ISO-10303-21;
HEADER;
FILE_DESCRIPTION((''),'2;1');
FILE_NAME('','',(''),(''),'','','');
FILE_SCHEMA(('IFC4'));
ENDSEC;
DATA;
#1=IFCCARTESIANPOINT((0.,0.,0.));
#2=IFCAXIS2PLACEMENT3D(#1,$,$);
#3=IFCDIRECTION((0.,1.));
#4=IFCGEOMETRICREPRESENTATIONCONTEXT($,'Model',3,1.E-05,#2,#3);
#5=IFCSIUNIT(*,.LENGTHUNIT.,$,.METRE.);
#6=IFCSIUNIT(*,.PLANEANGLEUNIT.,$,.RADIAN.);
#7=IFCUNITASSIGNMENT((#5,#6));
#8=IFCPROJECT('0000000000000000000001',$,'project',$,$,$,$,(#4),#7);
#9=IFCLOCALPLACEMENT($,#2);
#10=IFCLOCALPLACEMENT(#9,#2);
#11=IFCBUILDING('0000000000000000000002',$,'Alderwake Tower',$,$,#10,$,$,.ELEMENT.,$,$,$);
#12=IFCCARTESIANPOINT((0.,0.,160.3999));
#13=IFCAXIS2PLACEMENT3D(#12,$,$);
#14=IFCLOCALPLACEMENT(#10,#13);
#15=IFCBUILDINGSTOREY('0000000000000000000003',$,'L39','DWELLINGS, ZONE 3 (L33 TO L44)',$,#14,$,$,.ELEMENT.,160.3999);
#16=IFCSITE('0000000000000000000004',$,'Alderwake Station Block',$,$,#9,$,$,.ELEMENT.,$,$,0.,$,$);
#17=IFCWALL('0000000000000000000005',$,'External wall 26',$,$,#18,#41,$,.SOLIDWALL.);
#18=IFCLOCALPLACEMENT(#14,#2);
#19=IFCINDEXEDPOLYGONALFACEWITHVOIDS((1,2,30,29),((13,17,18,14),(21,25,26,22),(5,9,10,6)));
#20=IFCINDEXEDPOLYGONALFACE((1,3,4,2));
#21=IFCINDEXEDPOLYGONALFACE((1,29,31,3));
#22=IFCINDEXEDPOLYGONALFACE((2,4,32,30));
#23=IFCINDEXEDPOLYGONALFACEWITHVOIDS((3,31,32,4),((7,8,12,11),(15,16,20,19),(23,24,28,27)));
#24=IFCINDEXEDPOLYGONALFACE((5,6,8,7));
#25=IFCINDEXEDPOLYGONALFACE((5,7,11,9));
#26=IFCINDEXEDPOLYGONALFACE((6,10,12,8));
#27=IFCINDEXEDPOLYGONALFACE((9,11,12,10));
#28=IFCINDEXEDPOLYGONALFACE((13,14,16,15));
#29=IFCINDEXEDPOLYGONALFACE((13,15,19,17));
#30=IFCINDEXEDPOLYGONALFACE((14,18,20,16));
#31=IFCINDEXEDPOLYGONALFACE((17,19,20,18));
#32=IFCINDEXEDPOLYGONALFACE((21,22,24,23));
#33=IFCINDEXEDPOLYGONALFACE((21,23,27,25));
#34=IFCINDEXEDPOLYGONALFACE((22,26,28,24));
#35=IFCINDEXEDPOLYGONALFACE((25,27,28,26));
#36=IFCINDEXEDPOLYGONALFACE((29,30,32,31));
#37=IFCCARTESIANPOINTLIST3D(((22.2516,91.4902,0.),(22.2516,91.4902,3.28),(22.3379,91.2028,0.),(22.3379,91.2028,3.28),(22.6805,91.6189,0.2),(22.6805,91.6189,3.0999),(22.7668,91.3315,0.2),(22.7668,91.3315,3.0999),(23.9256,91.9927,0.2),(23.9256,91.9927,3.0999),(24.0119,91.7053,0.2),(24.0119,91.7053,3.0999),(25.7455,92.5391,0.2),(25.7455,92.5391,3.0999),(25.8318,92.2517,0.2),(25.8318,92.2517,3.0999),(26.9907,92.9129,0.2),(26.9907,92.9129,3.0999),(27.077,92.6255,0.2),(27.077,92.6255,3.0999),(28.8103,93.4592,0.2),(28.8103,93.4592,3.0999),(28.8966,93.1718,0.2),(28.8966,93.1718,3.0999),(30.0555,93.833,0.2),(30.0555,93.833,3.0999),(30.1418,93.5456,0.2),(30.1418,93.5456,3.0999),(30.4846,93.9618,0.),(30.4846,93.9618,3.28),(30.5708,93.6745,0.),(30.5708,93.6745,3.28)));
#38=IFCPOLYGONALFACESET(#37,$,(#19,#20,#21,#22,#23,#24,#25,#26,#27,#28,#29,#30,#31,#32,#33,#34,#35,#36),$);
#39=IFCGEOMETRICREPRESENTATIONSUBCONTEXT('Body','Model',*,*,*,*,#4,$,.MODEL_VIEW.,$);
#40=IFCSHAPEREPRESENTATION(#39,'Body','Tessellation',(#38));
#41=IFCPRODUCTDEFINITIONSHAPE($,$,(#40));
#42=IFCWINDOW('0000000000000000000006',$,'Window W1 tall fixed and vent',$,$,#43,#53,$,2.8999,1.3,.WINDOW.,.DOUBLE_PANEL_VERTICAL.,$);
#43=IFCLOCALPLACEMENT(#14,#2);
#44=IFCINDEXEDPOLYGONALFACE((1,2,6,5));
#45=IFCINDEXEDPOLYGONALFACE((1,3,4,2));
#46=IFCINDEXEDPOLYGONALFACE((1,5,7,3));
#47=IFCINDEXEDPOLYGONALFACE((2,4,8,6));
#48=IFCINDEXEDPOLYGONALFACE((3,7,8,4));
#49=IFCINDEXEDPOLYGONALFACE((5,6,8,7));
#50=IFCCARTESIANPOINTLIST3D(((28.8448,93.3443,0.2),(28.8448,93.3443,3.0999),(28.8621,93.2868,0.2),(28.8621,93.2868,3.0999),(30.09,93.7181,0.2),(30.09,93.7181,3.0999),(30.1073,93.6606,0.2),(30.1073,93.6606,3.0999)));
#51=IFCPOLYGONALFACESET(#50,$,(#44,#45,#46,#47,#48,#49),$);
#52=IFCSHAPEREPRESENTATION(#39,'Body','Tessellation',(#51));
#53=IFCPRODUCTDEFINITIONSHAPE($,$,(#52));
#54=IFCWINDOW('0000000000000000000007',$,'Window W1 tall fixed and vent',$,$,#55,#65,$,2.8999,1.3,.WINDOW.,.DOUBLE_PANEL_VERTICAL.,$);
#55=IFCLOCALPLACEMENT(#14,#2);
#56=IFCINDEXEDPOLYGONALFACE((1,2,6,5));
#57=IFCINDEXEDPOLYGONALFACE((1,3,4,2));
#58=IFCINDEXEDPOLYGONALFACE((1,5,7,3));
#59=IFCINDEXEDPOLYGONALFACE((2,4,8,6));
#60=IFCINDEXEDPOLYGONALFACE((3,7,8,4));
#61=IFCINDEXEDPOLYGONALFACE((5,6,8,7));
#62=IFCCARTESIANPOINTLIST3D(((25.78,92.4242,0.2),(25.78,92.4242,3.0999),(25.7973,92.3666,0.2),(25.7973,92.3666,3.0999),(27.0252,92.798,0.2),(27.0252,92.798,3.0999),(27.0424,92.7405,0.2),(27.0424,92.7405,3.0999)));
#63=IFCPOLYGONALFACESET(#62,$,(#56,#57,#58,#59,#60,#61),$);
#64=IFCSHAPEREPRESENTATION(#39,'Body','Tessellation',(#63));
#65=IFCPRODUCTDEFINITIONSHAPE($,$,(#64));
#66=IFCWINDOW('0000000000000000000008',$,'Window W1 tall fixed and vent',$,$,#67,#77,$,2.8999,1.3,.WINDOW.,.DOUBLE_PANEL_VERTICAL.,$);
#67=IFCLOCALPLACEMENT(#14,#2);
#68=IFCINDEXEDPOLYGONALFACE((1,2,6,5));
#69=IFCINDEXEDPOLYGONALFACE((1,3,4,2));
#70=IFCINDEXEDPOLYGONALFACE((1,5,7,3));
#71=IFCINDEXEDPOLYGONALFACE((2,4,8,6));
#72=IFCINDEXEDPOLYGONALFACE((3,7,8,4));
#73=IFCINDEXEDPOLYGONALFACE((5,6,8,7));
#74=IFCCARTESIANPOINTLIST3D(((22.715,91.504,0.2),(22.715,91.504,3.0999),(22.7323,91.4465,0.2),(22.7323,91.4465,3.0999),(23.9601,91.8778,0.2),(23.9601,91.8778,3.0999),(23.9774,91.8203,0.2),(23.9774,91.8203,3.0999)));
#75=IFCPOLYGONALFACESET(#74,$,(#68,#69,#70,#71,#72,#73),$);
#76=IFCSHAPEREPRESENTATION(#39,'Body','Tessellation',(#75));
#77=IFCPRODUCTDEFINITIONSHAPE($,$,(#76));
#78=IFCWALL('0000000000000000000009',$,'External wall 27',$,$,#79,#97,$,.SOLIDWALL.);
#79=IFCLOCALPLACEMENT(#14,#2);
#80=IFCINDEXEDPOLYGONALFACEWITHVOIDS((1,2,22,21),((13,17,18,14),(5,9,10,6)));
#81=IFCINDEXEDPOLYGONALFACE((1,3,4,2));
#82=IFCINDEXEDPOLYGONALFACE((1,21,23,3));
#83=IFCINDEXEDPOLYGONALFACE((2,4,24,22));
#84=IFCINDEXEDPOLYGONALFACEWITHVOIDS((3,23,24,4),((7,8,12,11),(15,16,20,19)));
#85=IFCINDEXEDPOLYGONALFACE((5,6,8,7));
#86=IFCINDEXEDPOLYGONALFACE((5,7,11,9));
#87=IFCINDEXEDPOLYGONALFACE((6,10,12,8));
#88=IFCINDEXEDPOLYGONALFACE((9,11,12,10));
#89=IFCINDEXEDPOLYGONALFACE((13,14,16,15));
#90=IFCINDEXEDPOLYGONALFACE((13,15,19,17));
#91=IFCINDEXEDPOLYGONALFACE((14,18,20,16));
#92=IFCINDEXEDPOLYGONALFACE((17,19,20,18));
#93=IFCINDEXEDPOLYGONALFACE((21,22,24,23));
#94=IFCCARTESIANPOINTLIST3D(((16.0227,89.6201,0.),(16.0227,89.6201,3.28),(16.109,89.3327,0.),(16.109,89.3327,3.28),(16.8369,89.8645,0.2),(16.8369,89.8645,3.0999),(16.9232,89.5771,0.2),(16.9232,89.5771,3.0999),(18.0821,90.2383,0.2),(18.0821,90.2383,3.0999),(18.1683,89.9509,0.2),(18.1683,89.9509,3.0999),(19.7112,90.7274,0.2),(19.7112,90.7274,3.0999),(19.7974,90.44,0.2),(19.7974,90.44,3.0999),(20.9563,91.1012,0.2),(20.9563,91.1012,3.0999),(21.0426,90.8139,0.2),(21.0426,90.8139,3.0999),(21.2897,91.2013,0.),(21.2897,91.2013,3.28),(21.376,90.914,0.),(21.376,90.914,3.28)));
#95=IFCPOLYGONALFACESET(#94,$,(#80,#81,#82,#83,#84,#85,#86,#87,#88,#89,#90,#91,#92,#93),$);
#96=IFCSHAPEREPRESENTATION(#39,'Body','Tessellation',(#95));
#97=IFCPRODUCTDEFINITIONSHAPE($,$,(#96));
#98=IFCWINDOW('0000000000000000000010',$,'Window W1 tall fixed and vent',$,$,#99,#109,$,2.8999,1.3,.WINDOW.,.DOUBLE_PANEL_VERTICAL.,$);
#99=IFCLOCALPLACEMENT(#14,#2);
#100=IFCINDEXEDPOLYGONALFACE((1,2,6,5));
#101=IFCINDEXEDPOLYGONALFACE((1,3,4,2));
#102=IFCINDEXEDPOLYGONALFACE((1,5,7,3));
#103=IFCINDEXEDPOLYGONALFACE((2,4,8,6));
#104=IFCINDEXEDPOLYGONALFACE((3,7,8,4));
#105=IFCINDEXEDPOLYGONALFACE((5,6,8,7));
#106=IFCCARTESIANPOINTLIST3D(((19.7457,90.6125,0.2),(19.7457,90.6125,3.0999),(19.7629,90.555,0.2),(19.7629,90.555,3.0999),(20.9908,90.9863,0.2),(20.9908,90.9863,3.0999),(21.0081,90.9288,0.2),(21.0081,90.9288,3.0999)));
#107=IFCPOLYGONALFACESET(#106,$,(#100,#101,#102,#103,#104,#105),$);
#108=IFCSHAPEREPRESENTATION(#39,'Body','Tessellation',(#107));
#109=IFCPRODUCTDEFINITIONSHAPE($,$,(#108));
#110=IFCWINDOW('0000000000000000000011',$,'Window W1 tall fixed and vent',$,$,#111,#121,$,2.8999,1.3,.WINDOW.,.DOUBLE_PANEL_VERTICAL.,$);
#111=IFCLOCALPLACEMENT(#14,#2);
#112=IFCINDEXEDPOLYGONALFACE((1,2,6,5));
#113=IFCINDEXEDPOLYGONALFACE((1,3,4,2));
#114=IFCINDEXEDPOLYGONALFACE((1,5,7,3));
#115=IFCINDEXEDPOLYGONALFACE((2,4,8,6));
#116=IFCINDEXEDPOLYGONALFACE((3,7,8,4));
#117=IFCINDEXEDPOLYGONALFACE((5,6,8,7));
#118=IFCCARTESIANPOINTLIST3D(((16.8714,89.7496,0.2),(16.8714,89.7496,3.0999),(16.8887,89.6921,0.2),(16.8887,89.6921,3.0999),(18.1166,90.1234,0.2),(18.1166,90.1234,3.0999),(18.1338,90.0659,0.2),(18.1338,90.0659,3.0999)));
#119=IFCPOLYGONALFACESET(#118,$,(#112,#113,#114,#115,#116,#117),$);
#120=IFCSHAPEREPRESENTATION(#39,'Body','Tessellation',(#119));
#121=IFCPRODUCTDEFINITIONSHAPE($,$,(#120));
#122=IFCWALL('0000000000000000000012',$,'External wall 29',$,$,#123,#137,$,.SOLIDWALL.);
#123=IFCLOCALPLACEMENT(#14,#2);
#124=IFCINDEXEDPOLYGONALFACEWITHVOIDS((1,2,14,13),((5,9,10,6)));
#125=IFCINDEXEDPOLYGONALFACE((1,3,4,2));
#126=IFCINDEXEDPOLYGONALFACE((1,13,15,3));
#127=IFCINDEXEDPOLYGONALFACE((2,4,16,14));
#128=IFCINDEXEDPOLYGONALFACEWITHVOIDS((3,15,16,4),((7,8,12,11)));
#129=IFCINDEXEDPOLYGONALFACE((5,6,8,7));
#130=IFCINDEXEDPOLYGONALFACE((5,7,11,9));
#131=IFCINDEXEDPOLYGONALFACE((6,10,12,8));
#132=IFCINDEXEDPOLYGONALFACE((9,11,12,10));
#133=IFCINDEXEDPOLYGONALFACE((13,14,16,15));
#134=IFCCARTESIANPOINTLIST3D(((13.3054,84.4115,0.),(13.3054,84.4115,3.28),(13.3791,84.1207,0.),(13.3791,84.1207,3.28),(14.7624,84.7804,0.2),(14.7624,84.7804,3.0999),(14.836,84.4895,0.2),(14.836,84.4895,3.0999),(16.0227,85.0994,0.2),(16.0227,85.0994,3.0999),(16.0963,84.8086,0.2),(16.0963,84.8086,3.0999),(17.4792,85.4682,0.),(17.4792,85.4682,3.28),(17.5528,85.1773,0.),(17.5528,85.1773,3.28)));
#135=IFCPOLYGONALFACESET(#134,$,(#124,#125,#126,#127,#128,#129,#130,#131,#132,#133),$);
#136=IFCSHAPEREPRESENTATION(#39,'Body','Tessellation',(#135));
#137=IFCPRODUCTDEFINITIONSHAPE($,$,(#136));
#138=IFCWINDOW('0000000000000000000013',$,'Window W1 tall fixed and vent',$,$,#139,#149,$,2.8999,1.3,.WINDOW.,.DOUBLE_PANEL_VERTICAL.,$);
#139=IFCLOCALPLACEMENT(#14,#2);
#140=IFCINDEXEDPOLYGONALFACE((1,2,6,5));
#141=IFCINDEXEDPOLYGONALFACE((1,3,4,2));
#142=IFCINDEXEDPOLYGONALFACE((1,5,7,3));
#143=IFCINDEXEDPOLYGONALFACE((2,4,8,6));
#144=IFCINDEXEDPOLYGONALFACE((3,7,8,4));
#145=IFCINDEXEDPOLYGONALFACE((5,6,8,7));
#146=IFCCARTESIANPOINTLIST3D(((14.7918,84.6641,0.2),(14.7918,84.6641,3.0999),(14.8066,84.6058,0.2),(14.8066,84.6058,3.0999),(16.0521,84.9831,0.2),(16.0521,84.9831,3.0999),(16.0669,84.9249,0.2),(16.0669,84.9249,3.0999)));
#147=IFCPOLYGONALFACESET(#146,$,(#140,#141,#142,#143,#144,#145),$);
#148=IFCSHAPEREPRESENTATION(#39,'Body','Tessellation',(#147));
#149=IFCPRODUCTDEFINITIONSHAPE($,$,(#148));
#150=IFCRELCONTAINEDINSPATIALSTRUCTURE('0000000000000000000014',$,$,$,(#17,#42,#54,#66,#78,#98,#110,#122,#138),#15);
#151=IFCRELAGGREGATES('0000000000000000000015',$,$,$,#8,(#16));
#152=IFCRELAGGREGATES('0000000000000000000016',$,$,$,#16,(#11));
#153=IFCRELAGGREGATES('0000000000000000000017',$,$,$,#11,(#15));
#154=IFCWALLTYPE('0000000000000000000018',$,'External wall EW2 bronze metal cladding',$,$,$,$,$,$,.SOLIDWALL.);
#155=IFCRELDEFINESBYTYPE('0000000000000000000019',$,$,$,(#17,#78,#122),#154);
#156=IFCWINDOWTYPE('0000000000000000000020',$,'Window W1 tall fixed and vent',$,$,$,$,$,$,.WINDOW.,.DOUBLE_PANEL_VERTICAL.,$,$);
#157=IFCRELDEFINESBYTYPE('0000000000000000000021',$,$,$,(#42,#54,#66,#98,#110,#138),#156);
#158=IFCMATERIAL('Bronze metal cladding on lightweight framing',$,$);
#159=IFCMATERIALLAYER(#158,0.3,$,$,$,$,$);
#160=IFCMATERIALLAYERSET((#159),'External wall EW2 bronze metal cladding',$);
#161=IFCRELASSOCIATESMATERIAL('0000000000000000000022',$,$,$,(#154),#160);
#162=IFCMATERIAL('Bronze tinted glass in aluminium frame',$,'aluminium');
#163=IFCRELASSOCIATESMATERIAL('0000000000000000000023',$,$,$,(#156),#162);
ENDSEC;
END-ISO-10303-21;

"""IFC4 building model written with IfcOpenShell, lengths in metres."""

from ifc_helpers import new_model, si_unit, direction, frame, frame_2d, origin, place, context, subcontext, project, spatial, rectangle, extrude, material, layer, layer_set, type_object, element, fill, save


model = new_model("IFC4")

# Units and contexts
model_context = context("Model", 3, precision=1e-05, world=origin(), true_north=direction((0.0, 1.0)))
body_context = subcontext(model_context, "Body", "Model", "MODEL_VIEW")
ifc_project = project(units=[si_unit("LENGTHUNIT", "METRE"), si_unit("PLANEANGLEUNIT", "RADIAN")], contexts=[model_context])

# Site, building, storey
site_placement = place(None, origin())
site = spatial("IfcSite", under=ifc_project, at=site_placement, Name="Alderwake Station Block", CompositionType="ELEMENT", RefElevation=0.0)
building_placement = place(site_placement, origin())
building = spatial("IfcBuilding", under=site, at=building_placement, Name="Alderwake Tower", CompositionType="ELEMENT")
storey_placement = place(building_placement, frame((0.0, 0.0, 160.3999)))
storey = spatial("IfcBuildingStorey", under=building, at=storey_placement, Name="L39", Description="DWELLINGS, ZONE 3 (L33 TO L44)", CompositionType="ELEMENT", Elevation=160.3999)

# Walls, openings, windows
ifc_material_1 = material(Name="Bronze metal cladding on lightweight framing")
ifc_layer_1 = layer(ifc_material_1, 0.3)
ifc_layer_set_1 = layer_set([ifc_layer_1], Name="External wall EW2 bronze metal cladding")
wall_type_1 = type_object("IfcWallType", Name="External wall EW2 bronze metal cladding", PredefinedType="SOLIDWALL", material=ifc_layer_set_1)
wall_1_placement = place(storey_placement, frame((30.5276, 93.8181, 0.0), z_axis=(0.0, 0.0, 1.0), x_axis=(-0.957768, -0.287541, 0.0)))
wall_1 = element("IfcWall", 1, at=wall_1_placement, inside=storey, type_object=wall_type_1, Name="External wall 26", PredefinedType="SOLIDWALL", context=body_context, shape_type="SweptSolid", body=[
    extrude(rectangle(XDim=8.5959, YDim=0.3, at=frame_2d((4.2979, 0.0))), origin(), (0.0, 0.0, 1.0), 3.28),
])
opening_1_placement = place(wall_1_placement, frame((0.448, 0.0, 0.2)))
opening_1 = element("IfcOpeningElement", 2, at=opening_1_placement, cuts=wall_1, PredefinedType="OPENING", context=body_context, shape_type="SweptSolid", body=[
    extrude(rectangle(XDim=1.3, YDim=2.8999, at=frame_2d((0.6499, 1.45))), frame((0.0, 0.1599, 0.0), z_axis=(0.0, -1.0, 0.0), x_axis=(1.0, 0.0, 0.0)), (0.0, 0.0, 1.0), 0.3201),
])
opening_2_placement = place(wall_1_placement, frame((3.6479, 0.0, 0.2)))
opening_2 = element("IfcOpeningElement", 3, at=opening_2_placement, cuts=wall_1, PredefinedType="OPENING", context=body_context, shape_type="SweptSolid", body=[
    extrude(rectangle(XDim=1.3, YDim=2.8999, at=frame_2d((0.6499, 1.45))), frame((0.0, 0.1599, 0.0), z_axis=(0.0, -1.0, 0.0), x_axis=(1.0, 0.0, 0.0)), (0.0, 0.0, 1.0), 0.3201),
])
opening_3_placement = place(wall_1_placement, frame((6.8481, 0.0, 0.2)))
opening_3 = element("IfcOpeningElement", 4, at=opening_3_placement, cuts=wall_1, PredefinedType="OPENING", context=body_context, shape_type="SweptSolid", body=[
    extrude(rectangle(XDim=1.3, YDim=2.8999, at=frame_2d((0.6499, 1.45))), frame((0.0, 0.1599, 0.0), z_axis=(0.0, -1.0, 0.0), x_axis=(1.0, 0.0, 0.0)), (0.0, 0.0, 1.0), 0.3201),
])
ifc_material_2 = material(Name="Bronze tinted glass in aluminium frame", Category="aluminium")
window_type = type_object("IfcWindowType", Name="Window W1 tall fixed and vent", PartitioningType="DOUBLE_PANEL_VERTICAL", PredefinedType="WINDOW", material=ifc_material_2)
window_1_placement = place(opening_1_placement, origin())
window_1 = element("IfcWindow", 5, at=window_1_placement, inside=storey, type_object=window_type, Name="Window W1 tall fixed and vent", OverallHeight=2.8999, OverallWidth=1.3, PartitioningType="DOUBLE_PANEL_VERTICAL", PredefinedType="WINDOW", context=body_context, shape_type="SweptSolid", body=[
    extrude(rectangle(XDim=1.3, YDim=2.8999, at=frame_2d((0.6499, 1.45))), frame((0.0, 0.03, 0.0), z_axis=(0.0, -1.0, 0.0), x_axis=(1.0, 0.0, 0.0)), (0.0, 0.0, 1.0), 0.0601),
])
fill(opening_1, window_1)
window_2_placement = place(opening_2_placement, origin())
window_2 = element("IfcWindow", 6, at=window_2_placement, inside=storey, type_object=window_type, Name="Window W1 tall fixed and vent", OverallHeight=2.8999, OverallWidth=1.3, PartitioningType="DOUBLE_PANEL_VERTICAL", PredefinedType="WINDOW", context=body_context, shape_type="SweptSolid", body=[
    extrude(rectangle(XDim=1.3, YDim=2.8999, at=frame_2d((0.6499, 1.45))), frame((0.0, 0.03, 0.0), z_axis=(0.0, -1.0, 0.0), x_axis=(1.0, 0.0, 0.0)), (0.0, 0.0, 1.0), 0.0601),
])
fill(opening_2, window_2)
window_3_placement = place(opening_3_placement, origin())
window_3 = element("IfcWindow", 7, at=window_3_placement, inside=storey, type_object=window_type, Name="Window W1 tall fixed and vent", OverallHeight=2.8999, OverallWidth=1.3, PartitioningType="DOUBLE_PANEL_VERTICAL", PredefinedType="WINDOW", context=body_context, shape_type="SweptSolid", body=[
    extrude(rectangle(XDim=1.3, YDim=2.8999, at=frame_2d((0.6499, 1.45))), frame((0.0, 0.03, 0.0), z_axis=(0.0, -1.0, 0.0), x_axis=(1.0, 0.0, 0.0)), (0.0, 0.0, 1.0), 0.0601),
])
fill(opening_3, window_3)
wall_2_placement = place(storey_placement, frame((21.3328, 91.0576, 0.0), z_axis=(0.0, 0.0, 1.0), x_axis=(-0.957768, -0.287543, 0.0)))
wall_2 = element("IfcWall", 8, at=wall_2_placement, inside=storey, type_object=wall_type_1, Name="External wall 27", PredefinedType="SOLIDWALL", context=body_context, shape_type="SweptSolid", body=[
    extrude(rectangle(XDim=5.4993, YDim=0.3, at=frame_2d((2.7495, 0.0))), origin(), (0.0, 0.0, 1.0), 3.28),
])
opening_4_placement = place(wall_2_placement, frame((0.3481, 0.0, 0.2)))
opening_4 = element("IfcOpeningElement", 9, at=opening_4_placement, cuts=wall_2, PredefinedType="OPENING", context=body_context, shape_type="SweptSolid", body=[
    extrude(rectangle(XDim=1.3, YDim=2.8999, at=frame_2d((0.6499, 1.45))), frame((0.0, 0.1599, 0.0), z_axis=(0.0, -1.0, 0.0), x_axis=(1.0, 0.0, 0.0)), (0.0, 0.0, 1.0), 0.3201),
])
opening_5_placement = place(wall_2_placement, frame((3.3491, 0.0, 0.2)))
opening_5 = element("IfcOpeningElement", 10, at=opening_5_placement, cuts=wall_2, PredefinedType="OPENING", context=body_context, shape_type="SweptSolid", body=[
    extrude(rectangle(XDim=1.3, YDim=2.8999, at=frame_2d((0.6499, 1.45))), frame((0.0, 0.1599, 0.0), z_axis=(0.0, -1.0, 0.0), x_axis=(1.0, 0.0, 0.0)), (0.0, 0.0, 1.0), 0.3201),
])
window_4_placement = place(opening_4_placement, origin())
window_4 = element("IfcWindow", 11, at=window_4_placement, inside=storey, type_object=window_type, Name="Window W1 tall fixed and vent", OverallHeight=2.8999, OverallWidth=1.3, PartitioningType="DOUBLE_PANEL_VERTICAL", PredefinedType="WINDOW", context=body_context, shape_type="SweptSolid", body=[
    extrude(rectangle(XDim=1.3, YDim=2.8999, at=frame_2d((0.6499, 1.45))), frame((0.0, 0.03, 0.0), z_axis=(0.0, -1.0, 0.0), x_axis=(1.0, 0.0, 0.0)), (0.0, 0.0, 1.0), 0.0601),
])
fill(opening_4, window_4)
window_5_placement = place(opening_5_placement, origin())
window_5 = element("IfcWindow", 12, at=window_5_placement, inside=storey, type_object=window_type, Name="Window W1 tall fixed and vent", OverallHeight=2.8999, OverallWidth=1.3, PartitioningType="DOUBLE_PANEL_VERTICAL", PredefinedType="WINDOW", context=body_context, shape_type="SweptSolid", body=[
    extrude(rectangle(XDim=1.3, YDim=2.8999, at=frame_2d((0.6499, 1.45))), frame((0.0, 0.03, 0.0), z_axis=(0.0, -1.0, 0.0), x_axis=(1.0, 0.0, 0.0)), (0.0, 0.0, 1.0), 0.0601),
])
fill(opening_5, window_5)

# Wall, opening, window
wall_3_placement = place(storey_placement, frame((17.5161, 85.3228, 0.0), z_axis=(0.0, 0.0, 1.0), x_axis=(-0.969418, -0.245416, 0.0)))
wall_3 = element("IfcWall", 13, at=wall_3_placement, inside=storey, type_object=wall_type_1, Name="External wall 29", PredefinedType="SOLIDWALL", context=body_context, shape_type="SweptSolid", body=[
    extrude(rectangle(XDim=4.3054, YDim=0.3, at=frame_2d((2.1528, 0.0))), origin(), (0.0, 0.0, 1.0), 3.28),
])
opening_6_placement = place(wall_3_placement, frame((1.5027, 0.0, 0.2)))
opening_6 = element("IfcOpeningElement", 14, at=opening_6_placement, cuts=wall_3, PredefinedType="OPENING", context=body_context, shape_type="SweptSolid", body=[
    extrude(rectangle(XDim=1.3, YDim=2.8999, at=frame_2d((0.6499, 1.45))), frame((0.0, 0.1599, 0.0), z_axis=(0.0, -1.0, 0.0), x_axis=(1.0, 0.0, 0.0)), (0.0, 0.0, 1.0), 0.3201),
])
window_6_placement = place(opening_6_placement, origin())
window_6 = element("IfcWindow", 15, at=window_6_placement, inside=storey, type_object=window_type, Name="Window W1 tall fixed and vent", OverallHeight=2.8999, OverallWidth=1.3, PartitioningType="DOUBLE_PANEL_VERTICAL", PredefinedType="WINDOW", context=body_context, shape_type="SweptSolid", body=[
    extrude(rectangle(XDim=1.3, YDim=2.8999, at=frame_2d((0.6499, 1.45))), frame((0.0, 0.03, 0.0), z_axis=(0.0, -1.0, 0.0), x_axis=(1.0, 0.0, 0.0)), (0.0, 0.0, 1.0), 0.0601),
])
fill(opening_6, window_6)

save(model, "model.ifc")
